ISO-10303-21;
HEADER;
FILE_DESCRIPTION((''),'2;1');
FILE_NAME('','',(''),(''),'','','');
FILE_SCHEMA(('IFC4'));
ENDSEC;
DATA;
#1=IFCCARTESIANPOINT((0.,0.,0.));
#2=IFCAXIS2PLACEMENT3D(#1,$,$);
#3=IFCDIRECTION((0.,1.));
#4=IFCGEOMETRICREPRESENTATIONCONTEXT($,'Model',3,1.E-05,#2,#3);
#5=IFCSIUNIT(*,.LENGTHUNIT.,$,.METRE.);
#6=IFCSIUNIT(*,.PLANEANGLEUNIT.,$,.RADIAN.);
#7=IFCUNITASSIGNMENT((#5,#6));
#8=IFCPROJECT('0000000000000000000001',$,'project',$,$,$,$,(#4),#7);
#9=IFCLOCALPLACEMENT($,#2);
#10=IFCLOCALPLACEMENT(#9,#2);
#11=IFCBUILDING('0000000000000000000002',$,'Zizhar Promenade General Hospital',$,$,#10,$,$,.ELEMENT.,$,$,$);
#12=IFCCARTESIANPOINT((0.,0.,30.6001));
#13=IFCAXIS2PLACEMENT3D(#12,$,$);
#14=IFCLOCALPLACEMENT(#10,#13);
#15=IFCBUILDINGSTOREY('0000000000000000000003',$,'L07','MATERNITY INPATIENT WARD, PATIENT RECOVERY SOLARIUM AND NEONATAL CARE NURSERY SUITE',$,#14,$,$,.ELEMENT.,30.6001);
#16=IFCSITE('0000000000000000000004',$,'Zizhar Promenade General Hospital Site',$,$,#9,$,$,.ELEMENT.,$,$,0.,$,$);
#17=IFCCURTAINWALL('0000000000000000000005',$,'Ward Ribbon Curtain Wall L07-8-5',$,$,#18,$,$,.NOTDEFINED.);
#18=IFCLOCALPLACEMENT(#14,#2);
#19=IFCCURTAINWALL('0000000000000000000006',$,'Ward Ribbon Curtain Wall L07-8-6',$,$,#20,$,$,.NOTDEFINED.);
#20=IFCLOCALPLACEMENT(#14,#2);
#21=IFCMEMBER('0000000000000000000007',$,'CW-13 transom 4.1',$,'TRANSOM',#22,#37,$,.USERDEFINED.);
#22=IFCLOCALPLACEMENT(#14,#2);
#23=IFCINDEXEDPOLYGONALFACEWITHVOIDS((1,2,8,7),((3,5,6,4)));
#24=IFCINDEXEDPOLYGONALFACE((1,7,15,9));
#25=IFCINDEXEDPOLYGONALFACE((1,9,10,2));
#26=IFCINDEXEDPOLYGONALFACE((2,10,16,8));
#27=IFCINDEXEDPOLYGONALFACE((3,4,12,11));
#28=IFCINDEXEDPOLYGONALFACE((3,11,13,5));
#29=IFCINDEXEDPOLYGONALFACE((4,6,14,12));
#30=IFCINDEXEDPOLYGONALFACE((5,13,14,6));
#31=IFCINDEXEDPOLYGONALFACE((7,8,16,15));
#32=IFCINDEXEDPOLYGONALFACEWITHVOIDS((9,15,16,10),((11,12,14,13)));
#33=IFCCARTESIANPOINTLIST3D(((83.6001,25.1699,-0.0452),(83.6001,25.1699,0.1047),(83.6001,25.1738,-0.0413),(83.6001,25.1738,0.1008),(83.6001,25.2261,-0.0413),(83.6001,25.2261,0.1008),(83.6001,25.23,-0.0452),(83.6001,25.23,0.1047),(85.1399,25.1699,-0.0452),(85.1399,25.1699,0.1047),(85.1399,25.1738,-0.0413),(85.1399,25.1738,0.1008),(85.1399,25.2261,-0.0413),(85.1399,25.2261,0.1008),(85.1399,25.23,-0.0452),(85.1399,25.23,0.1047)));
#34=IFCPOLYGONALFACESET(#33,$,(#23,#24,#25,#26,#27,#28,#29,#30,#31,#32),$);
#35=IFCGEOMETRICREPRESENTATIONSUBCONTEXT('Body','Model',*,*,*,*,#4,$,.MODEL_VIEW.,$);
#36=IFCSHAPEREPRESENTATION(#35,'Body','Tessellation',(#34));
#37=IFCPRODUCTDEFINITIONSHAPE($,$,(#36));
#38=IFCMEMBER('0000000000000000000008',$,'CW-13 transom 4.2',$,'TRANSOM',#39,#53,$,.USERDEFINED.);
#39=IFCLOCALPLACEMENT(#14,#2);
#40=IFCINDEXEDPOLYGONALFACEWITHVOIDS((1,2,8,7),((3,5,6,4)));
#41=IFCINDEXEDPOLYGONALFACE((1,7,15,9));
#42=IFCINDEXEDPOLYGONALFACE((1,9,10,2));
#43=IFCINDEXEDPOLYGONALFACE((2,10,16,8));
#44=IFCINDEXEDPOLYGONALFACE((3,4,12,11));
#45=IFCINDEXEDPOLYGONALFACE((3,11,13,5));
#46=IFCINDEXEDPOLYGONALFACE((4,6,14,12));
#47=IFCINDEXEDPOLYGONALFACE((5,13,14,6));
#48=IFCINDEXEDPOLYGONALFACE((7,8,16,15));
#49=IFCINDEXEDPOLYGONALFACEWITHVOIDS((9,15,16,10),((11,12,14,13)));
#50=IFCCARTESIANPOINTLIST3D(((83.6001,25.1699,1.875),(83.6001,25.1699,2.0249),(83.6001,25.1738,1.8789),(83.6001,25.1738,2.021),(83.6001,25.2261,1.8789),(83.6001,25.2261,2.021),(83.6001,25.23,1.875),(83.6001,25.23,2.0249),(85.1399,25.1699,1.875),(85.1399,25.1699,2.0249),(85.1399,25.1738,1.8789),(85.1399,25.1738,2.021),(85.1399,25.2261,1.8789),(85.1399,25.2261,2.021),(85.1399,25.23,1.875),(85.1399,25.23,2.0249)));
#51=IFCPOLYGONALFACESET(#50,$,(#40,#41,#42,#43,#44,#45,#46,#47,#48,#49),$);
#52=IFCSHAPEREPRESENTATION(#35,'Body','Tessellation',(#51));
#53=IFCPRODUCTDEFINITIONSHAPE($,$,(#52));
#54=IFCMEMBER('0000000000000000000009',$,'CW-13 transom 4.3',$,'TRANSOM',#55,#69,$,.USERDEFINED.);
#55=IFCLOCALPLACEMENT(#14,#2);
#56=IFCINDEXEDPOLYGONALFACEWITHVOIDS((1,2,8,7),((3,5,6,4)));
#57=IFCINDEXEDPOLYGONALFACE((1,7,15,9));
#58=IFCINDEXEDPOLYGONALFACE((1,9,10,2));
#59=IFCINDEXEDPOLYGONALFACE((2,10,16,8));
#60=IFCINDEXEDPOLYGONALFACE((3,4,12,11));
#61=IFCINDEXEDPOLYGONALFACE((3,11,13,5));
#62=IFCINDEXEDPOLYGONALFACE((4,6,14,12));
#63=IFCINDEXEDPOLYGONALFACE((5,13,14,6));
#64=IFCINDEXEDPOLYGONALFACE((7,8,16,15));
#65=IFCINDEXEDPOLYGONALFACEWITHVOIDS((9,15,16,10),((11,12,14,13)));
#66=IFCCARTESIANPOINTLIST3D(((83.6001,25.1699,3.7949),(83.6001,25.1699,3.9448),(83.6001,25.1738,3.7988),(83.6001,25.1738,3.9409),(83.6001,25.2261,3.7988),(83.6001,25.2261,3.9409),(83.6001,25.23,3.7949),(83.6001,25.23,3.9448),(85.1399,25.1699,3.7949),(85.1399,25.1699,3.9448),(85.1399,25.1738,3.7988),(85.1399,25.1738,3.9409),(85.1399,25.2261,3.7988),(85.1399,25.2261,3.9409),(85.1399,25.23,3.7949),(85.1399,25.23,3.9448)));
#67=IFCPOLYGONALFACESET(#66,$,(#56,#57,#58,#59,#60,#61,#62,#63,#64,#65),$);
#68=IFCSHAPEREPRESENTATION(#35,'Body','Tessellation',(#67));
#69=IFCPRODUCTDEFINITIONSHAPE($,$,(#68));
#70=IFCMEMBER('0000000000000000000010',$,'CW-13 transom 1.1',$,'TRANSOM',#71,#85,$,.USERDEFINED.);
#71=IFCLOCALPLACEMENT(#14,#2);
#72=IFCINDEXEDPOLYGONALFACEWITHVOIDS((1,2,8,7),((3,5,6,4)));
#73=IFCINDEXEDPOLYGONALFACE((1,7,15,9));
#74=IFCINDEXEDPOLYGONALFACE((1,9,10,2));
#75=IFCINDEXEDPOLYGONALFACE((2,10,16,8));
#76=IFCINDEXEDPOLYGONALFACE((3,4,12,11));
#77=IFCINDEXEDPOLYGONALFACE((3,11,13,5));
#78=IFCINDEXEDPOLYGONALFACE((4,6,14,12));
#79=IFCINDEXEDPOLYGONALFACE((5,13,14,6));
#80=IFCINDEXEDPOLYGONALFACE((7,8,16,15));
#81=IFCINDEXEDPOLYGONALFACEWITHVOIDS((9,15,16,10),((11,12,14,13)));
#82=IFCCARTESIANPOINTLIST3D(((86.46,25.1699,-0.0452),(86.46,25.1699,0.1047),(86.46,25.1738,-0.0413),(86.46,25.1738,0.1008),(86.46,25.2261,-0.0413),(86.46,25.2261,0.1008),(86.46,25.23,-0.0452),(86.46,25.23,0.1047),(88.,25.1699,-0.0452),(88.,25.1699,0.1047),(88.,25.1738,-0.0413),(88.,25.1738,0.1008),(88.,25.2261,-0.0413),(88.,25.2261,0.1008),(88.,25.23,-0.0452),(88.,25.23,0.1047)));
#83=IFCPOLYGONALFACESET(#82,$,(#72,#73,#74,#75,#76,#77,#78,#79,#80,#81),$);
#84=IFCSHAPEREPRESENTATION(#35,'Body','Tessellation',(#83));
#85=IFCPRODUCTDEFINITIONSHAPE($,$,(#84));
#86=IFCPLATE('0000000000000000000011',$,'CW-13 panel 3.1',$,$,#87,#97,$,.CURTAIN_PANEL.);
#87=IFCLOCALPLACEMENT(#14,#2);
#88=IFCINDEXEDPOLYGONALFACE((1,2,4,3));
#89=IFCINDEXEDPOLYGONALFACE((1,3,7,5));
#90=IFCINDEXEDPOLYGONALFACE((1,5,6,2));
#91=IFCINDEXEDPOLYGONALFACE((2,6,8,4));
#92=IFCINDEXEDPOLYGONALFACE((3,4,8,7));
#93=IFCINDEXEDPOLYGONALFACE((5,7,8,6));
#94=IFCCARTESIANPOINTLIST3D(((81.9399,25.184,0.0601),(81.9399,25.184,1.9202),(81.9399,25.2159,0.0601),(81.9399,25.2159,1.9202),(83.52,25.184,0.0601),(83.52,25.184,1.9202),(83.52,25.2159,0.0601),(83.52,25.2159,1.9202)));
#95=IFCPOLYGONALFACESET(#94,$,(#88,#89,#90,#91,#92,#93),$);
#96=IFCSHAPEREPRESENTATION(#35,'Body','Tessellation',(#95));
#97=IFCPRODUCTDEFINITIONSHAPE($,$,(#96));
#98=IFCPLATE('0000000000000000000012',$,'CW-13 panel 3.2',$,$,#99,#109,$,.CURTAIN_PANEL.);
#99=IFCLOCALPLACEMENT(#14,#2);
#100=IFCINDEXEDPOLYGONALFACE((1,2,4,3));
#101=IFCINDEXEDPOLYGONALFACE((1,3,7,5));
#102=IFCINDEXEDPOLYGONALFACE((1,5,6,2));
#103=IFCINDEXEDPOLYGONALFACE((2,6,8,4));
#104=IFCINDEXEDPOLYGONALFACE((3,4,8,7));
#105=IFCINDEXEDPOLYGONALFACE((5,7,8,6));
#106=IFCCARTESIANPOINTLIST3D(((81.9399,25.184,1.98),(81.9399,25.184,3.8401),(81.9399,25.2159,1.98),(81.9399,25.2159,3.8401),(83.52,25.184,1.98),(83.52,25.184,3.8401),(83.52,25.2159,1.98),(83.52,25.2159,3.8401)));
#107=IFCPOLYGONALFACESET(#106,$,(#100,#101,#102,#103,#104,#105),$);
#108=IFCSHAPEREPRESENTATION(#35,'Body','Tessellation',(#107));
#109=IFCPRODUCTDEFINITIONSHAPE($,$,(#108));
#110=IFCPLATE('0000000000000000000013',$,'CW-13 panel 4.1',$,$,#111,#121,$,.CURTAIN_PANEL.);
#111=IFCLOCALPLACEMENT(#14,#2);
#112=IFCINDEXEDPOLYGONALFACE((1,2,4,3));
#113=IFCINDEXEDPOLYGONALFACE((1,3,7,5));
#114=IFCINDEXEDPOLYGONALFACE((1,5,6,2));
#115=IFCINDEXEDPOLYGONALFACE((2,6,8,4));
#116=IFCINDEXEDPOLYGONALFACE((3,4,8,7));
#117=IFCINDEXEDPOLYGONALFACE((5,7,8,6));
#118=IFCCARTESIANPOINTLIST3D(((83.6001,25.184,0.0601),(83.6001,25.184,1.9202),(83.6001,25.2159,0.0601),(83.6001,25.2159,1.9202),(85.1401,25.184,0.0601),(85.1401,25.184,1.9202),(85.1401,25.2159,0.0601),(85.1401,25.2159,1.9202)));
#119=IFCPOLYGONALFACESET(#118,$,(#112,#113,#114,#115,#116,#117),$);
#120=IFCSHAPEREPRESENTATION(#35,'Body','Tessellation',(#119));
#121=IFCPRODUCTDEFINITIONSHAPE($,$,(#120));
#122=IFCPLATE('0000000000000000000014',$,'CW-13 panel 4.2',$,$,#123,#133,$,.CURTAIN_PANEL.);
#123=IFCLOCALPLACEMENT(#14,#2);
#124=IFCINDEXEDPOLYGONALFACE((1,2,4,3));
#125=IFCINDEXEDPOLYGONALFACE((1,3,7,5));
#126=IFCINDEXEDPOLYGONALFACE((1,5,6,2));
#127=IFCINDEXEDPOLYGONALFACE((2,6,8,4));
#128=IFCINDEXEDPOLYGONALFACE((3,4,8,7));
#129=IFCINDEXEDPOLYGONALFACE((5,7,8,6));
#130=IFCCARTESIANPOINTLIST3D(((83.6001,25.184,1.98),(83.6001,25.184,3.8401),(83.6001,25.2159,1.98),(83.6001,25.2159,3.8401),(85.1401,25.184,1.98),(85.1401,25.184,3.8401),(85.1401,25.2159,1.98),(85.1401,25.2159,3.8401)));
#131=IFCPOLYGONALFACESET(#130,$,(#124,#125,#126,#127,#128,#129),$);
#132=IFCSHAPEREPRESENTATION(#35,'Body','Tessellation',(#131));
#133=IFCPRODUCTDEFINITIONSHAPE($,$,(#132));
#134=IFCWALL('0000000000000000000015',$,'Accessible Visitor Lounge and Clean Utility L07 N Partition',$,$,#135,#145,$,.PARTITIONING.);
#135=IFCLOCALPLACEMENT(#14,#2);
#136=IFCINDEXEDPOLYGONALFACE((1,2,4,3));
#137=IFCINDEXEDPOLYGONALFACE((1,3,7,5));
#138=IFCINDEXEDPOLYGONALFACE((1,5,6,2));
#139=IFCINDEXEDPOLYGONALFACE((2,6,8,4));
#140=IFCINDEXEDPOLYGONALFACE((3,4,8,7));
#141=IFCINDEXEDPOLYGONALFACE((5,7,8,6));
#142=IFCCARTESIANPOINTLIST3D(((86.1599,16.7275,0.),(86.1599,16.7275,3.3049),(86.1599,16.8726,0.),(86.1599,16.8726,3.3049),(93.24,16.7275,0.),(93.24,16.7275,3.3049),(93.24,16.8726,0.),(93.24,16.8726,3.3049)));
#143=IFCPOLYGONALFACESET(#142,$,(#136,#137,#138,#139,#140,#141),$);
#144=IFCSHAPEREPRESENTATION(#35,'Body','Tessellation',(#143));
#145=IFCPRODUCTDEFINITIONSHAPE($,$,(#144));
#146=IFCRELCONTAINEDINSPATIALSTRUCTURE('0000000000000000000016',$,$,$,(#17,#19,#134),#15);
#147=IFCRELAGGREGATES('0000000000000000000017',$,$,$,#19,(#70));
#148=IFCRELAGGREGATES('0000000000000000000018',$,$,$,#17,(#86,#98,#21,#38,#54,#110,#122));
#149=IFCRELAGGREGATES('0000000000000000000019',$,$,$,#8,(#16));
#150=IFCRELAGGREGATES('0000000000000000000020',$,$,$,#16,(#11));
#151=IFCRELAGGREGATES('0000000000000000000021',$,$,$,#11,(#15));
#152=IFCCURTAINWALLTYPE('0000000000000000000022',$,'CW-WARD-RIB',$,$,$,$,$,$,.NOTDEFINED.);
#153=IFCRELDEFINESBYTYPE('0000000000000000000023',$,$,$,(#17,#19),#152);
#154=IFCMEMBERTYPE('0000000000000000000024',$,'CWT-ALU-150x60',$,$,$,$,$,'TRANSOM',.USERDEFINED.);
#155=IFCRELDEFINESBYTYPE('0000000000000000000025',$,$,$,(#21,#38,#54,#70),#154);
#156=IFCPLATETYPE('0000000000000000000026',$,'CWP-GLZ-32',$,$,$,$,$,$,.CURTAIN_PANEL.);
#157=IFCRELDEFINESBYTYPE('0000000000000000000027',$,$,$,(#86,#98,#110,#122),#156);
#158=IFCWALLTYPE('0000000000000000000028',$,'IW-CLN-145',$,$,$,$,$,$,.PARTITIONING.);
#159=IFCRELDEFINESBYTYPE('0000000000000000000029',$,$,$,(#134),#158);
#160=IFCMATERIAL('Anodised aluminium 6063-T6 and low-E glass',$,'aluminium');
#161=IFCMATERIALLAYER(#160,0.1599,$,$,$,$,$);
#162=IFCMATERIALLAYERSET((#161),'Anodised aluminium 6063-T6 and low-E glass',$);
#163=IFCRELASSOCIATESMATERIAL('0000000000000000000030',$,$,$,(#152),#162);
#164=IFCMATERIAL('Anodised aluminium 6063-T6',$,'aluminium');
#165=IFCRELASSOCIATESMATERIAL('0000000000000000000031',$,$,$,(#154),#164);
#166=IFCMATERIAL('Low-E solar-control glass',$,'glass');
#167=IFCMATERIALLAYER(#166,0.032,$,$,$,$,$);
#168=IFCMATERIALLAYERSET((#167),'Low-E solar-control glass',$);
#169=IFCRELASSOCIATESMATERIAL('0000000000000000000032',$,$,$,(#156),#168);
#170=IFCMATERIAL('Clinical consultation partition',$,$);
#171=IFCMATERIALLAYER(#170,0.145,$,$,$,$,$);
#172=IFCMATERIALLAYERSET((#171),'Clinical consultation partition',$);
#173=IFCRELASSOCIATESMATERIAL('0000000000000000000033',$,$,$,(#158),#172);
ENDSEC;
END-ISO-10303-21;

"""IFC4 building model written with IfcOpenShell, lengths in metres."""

from ifc_helpers import new_model, si_unit, direction, frame, frame_2d, origin, origin_2d, place, context, subcontext, project, spatial, rectangle, hollow_rectangle, extrude, material, layer, layer_set, material_profile, profile_set, type_object, element, aggregate, save


model = new_model("IFC4")

# Units and contexts
model_context = context("Model", 3, precision=1e-05, world=origin(), true_north=direction((0.0, 1.0)))
body_context = subcontext(model_context, "Body", "Model", "MODEL_VIEW")
ifc_project = project(units=[si_unit("LENGTHUNIT", "METRE"), si_unit("PLANEANGLEUNIT", "RADIAN")], contexts=[model_context])

# Site, building, storey
site_placement = place(None, origin())
site = spatial("IfcSite", under=ifc_project, at=site_placement, Name="Zizhar Promenade General Hospital Site", CompositionType="ELEMENT", RefElevation=0.0)
building_placement = place(site_placement, origin())
building = spatial("IfcBuilding", under=site, at=building_placement, Name="Zizhar Promenade General Hospital", CompositionType="ELEMENT")
storey_placement = place(building_placement, frame((0.0, 0.0, 30.6001)))
storey = spatial("IfcBuildingStorey", under=building, at=storey_placement, Name="L07", Description="MATERNITY INPATIENT WARD, PATIENT RECOVERY SOLARIUM AND NEONATAL CARE NURSERY SUITE", CompositionType="ELEMENT", Elevation=30.6001)

# Curtain wall
ifc_material_1 = material(Name="Anodised aluminium 6063-T6 and low-E glass", Category="aluminium")
ifc_layer_1 = layer(ifc_material_1, 0.1599)
ifc_layer_set_1 = layer_set([ifc_layer_1], Name="Anodised aluminium 6063-T6 and low-E glass")
curtain_wall_type = type_object("IfcCurtainWallType", Name="CW-WARD-RIB", PredefinedType="NOTDEFINED", material=ifc_layer_set_1)
curtain_wall_1_placement = place(storey_placement, origin())
curtain_wall_1 = element("IfcCurtainWall", 1, at=curtain_wall_1_placement, inside=storey, type_object=curtain_wall_type, Name="Ward Ribbon Curtain Wall L07-8-5", PredefinedType="NOTDEFINED")

# Curtain wall
curtain_wall_2_placement = place(storey_placement, origin())
curtain_wall_2 = element("IfcCurtainWall", 2, at=curtain_wall_2_placement, inside=storey, type_object=curtain_wall_type, Name="Ward Ribbon Curtain Wall L07-8-6", PredefinedType="NOTDEFINED")

# Members
ifc_material_2 = material(Name="Anodised aluminium 6063-T6", Category="aluminium")
ifc_material_profile_1 = material_profile(ifc_material_2, hollow_rectangle(XDim=0.0601, YDim=0.1499, WallThickness=0.0039, at=origin_2d()))
ifc_profile_set_1 = profile_set([ifc_material_profile_1], Name="Anodised aluminium 6063-T6")
member_type_1 = type_object("IfcMemberType", Name="CWT-ALU-150x60", ElementType="TRANSOM", PredefinedType="USERDEFINED", material=ifc_profile_set_1)
member_1_placement = place(storey_placement, frame((83.6001, 25.2, 0.0298), z_axis=(1.0, 0.0, 0.0), x_axis=(0.0, 1.0, 0.0)))
member_1 = element("IfcMember", 3, at=member_1_placement, type_object=member_type_1, Name="CW-13 transom 4.1", ObjectType="TRANSOM", PredefinedType="USERDEFINED", context=body_context, shape_type="SweptSolid", body=[
    extrude(hollow_rectangle(XDim=0.0601, YDim=0.1499, WallThickness=0.0039, at=origin_2d()), origin(), (0.0, 0.0, 1.0), 1.5398),
])
member_2_placement = place(storey_placement, frame((83.6001, 25.2, 1.95), z_axis=(1.0, 0.0, 0.0), x_axis=(0.0, 1.0, 0.0)))
member_2 = element("IfcMember", 4, at=member_2_placement, type_object=member_type_1, Name="CW-13 transom 4.2", ObjectType="TRANSOM", PredefinedType="USERDEFINED", context=body_context, shape_type="SweptSolid", body=[
    extrude(hollow_rectangle(XDim=0.0601, YDim=0.1499, WallThickness=0.0039, at=origin_2d()), origin(), (0.0, 0.0, 1.0), 1.5398),
])
member_3_placement = place(storey_placement, frame((83.6001, 25.2, 3.8699), z_axis=(1.0, 0.0, 0.0), x_axis=(0.0, 1.0, 0.0)))
member_3 = element("IfcMember", 5, at=member_3_placement, type_object=member_type_1, Name="CW-13 transom 4.3", ObjectType="TRANSOM", PredefinedType="USERDEFINED", context=body_context, shape_type="SweptSolid", body=[
    extrude(hollow_rectangle(XDim=0.0601, YDim=0.1499, WallThickness=0.0039, at=origin_2d()), origin(), (0.0, 0.0, 1.0), 1.5398),
])
member_4_placement = place(storey_placement, frame((86.46, 25.2, 0.0298), z_axis=(1.0, 0.0, 0.0), x_axis=(0.0, 1.0, 0.0)))
member_4 = element("IfcMember", 6, at=member_4_placement, type_object=member_type_1, Name="CW-13 transom 1.1", ObjectType="TRANSOM", PredefinedType="USERDEFINED", context=body_context, shape_type="SweptSolid", body=[
    extrude(hollow_rectangle(XDim=0.0601, YDim=0.1499, WallThickness=0.0039, at=origin_2d()), origin(), (0.0, 0.0, 1.0), 1.54),
])
aggregate(curtain_wall_2, [member_4])

# Plates
ifc_material_3 = material(Name="Low-E solar-control glass", Category="glass")
ifc_layer_2 = layer(ifc_material_3, 0.032)
ifc_layer_set_2 = layer_set([ifc_layer_2], Name="Low-E solar-control glass")
plate_type = type_object("IfcPlateType", Name="CWP-GLZ-32", PredefinedType="CURTAIN_PANEL", material=ifc_layer_set_2)
plate_1_placement = place(storey_placement, frame((82.73, 25.2, 0.0601), z_axis=(0.0, 0.0, 1.0), x_axis=(1.0, 0.0, 0.0)))
plate_1 = element("IfcPlate", 7, at=plate_1_placement, type_object=plate_type, Name="CW-13 panel 3.1", PredefinedType="CURTAIN_PANEL", context=body_context, shape_type="SweptSolid", body=[
    extrude(rectangle(XDim=1.5801, YDim=0.032, at=origin_2d()), origin(), (0.0, 0.0, 1.0), 1.8601),
])
plate_2_placement = place(storey_placement, frame((82.73, 25.2, 1.98), z_axis=(0.0, 0.0, 1.0), x_axis=(1.0, 0.0, 0.0)))
plate_2 = element("IfcPlate", 8, at=plate_2_placement, type_object=plate_type, Name="CW-13 panel 3.2", PredefinedType="CURTAIN_PANEL", context=body_context, shape_type="SweptSolid", body=[
    extrude(rectangle(XDim=1.5801, YDim=0.032, at=origin_2d()), origin(), (0.0, 0.0, 1.0), 1.8601),
])
plate_3_placement = place(storey_placement, frame((84.3701, 25.2, 0.0601), z_axis=(0.0, 0.0, 1.0), x_axis=(1.0, 0.0, 0.0)))
plate_3 = element("IfcPlate", 9, at=plate_3_placement, type_object=plate_type, Name="CW-13 panel 4.1", PredefinedType="CURTAIN_PANEL", context=body_context, shape_type="SweptSolid", body=[
    extrude(rectangle(XDim=1.54, YDim=0.032, at=origin_2d()), origin(), (0.0, 0.0, 1.0), 1.8601),
])
plate_4_placement = place(storey_placement, frame((84.3701, 25.2, 1.98), z_axis=(0.0, 0.0, 1.0), x_axis=(1.0, 0.0, 0.0)))
plate_4 = element("IfcPlate", 10, at=plate_4_placement, type_object=plate_type, Name="CW-13 panel 4.2", PredefinedType="CURTAIN_PANEL", context=body_context, shape_type="SweptSolid", body=[
    extrude(rectangle(XDim=1.54, YDim=0.032, at=origin_2d()), origin(), (0.0, 0.0, 1.0), 1.8601),
])
aggregate(curtain_wall_1, [plate_1, plate_2, member_1, member_2, member_3, plate_3, plate_4])

# Wall
ifc_material_4 = material(Name="Clinical consultation partition")
ifc_layer_3 = layer(ifc_material_4, 0.145)
ifc_layer_set_3 = layer_set([ifc_layer_3], Name="Clinical consultation partition")
wall_type_1 = type_object("IfcWallType", Name="IW-CLN-145", PredefinedType="PARTITIONING", material=ifc_layer_set_3)
wall_1_placement = place(storey_placement, frame((86.1599, 16.8, 0.0), z_axis=(0.0, 0.0, 1.0), x_axis=(1.0, 0.0, 0.0)))
element("IfcWall", 11, at=wall_1_placement, inside=storey, type_object=wall_type_1, Name="Accessible Visitor Lounge and Clean Utility L07 N Partition", PredefinedType="PARTITIONING", context=body_context, shape_type="SweptSolid", body=[
    extrude(rectangle(XDim=7.0801, YDim=0.145, at=frame_2d((3.54, 0.0))), origin(), (0.0, 0.0, 1.0), 3.3049),
])

save(model, "model.ifc")
